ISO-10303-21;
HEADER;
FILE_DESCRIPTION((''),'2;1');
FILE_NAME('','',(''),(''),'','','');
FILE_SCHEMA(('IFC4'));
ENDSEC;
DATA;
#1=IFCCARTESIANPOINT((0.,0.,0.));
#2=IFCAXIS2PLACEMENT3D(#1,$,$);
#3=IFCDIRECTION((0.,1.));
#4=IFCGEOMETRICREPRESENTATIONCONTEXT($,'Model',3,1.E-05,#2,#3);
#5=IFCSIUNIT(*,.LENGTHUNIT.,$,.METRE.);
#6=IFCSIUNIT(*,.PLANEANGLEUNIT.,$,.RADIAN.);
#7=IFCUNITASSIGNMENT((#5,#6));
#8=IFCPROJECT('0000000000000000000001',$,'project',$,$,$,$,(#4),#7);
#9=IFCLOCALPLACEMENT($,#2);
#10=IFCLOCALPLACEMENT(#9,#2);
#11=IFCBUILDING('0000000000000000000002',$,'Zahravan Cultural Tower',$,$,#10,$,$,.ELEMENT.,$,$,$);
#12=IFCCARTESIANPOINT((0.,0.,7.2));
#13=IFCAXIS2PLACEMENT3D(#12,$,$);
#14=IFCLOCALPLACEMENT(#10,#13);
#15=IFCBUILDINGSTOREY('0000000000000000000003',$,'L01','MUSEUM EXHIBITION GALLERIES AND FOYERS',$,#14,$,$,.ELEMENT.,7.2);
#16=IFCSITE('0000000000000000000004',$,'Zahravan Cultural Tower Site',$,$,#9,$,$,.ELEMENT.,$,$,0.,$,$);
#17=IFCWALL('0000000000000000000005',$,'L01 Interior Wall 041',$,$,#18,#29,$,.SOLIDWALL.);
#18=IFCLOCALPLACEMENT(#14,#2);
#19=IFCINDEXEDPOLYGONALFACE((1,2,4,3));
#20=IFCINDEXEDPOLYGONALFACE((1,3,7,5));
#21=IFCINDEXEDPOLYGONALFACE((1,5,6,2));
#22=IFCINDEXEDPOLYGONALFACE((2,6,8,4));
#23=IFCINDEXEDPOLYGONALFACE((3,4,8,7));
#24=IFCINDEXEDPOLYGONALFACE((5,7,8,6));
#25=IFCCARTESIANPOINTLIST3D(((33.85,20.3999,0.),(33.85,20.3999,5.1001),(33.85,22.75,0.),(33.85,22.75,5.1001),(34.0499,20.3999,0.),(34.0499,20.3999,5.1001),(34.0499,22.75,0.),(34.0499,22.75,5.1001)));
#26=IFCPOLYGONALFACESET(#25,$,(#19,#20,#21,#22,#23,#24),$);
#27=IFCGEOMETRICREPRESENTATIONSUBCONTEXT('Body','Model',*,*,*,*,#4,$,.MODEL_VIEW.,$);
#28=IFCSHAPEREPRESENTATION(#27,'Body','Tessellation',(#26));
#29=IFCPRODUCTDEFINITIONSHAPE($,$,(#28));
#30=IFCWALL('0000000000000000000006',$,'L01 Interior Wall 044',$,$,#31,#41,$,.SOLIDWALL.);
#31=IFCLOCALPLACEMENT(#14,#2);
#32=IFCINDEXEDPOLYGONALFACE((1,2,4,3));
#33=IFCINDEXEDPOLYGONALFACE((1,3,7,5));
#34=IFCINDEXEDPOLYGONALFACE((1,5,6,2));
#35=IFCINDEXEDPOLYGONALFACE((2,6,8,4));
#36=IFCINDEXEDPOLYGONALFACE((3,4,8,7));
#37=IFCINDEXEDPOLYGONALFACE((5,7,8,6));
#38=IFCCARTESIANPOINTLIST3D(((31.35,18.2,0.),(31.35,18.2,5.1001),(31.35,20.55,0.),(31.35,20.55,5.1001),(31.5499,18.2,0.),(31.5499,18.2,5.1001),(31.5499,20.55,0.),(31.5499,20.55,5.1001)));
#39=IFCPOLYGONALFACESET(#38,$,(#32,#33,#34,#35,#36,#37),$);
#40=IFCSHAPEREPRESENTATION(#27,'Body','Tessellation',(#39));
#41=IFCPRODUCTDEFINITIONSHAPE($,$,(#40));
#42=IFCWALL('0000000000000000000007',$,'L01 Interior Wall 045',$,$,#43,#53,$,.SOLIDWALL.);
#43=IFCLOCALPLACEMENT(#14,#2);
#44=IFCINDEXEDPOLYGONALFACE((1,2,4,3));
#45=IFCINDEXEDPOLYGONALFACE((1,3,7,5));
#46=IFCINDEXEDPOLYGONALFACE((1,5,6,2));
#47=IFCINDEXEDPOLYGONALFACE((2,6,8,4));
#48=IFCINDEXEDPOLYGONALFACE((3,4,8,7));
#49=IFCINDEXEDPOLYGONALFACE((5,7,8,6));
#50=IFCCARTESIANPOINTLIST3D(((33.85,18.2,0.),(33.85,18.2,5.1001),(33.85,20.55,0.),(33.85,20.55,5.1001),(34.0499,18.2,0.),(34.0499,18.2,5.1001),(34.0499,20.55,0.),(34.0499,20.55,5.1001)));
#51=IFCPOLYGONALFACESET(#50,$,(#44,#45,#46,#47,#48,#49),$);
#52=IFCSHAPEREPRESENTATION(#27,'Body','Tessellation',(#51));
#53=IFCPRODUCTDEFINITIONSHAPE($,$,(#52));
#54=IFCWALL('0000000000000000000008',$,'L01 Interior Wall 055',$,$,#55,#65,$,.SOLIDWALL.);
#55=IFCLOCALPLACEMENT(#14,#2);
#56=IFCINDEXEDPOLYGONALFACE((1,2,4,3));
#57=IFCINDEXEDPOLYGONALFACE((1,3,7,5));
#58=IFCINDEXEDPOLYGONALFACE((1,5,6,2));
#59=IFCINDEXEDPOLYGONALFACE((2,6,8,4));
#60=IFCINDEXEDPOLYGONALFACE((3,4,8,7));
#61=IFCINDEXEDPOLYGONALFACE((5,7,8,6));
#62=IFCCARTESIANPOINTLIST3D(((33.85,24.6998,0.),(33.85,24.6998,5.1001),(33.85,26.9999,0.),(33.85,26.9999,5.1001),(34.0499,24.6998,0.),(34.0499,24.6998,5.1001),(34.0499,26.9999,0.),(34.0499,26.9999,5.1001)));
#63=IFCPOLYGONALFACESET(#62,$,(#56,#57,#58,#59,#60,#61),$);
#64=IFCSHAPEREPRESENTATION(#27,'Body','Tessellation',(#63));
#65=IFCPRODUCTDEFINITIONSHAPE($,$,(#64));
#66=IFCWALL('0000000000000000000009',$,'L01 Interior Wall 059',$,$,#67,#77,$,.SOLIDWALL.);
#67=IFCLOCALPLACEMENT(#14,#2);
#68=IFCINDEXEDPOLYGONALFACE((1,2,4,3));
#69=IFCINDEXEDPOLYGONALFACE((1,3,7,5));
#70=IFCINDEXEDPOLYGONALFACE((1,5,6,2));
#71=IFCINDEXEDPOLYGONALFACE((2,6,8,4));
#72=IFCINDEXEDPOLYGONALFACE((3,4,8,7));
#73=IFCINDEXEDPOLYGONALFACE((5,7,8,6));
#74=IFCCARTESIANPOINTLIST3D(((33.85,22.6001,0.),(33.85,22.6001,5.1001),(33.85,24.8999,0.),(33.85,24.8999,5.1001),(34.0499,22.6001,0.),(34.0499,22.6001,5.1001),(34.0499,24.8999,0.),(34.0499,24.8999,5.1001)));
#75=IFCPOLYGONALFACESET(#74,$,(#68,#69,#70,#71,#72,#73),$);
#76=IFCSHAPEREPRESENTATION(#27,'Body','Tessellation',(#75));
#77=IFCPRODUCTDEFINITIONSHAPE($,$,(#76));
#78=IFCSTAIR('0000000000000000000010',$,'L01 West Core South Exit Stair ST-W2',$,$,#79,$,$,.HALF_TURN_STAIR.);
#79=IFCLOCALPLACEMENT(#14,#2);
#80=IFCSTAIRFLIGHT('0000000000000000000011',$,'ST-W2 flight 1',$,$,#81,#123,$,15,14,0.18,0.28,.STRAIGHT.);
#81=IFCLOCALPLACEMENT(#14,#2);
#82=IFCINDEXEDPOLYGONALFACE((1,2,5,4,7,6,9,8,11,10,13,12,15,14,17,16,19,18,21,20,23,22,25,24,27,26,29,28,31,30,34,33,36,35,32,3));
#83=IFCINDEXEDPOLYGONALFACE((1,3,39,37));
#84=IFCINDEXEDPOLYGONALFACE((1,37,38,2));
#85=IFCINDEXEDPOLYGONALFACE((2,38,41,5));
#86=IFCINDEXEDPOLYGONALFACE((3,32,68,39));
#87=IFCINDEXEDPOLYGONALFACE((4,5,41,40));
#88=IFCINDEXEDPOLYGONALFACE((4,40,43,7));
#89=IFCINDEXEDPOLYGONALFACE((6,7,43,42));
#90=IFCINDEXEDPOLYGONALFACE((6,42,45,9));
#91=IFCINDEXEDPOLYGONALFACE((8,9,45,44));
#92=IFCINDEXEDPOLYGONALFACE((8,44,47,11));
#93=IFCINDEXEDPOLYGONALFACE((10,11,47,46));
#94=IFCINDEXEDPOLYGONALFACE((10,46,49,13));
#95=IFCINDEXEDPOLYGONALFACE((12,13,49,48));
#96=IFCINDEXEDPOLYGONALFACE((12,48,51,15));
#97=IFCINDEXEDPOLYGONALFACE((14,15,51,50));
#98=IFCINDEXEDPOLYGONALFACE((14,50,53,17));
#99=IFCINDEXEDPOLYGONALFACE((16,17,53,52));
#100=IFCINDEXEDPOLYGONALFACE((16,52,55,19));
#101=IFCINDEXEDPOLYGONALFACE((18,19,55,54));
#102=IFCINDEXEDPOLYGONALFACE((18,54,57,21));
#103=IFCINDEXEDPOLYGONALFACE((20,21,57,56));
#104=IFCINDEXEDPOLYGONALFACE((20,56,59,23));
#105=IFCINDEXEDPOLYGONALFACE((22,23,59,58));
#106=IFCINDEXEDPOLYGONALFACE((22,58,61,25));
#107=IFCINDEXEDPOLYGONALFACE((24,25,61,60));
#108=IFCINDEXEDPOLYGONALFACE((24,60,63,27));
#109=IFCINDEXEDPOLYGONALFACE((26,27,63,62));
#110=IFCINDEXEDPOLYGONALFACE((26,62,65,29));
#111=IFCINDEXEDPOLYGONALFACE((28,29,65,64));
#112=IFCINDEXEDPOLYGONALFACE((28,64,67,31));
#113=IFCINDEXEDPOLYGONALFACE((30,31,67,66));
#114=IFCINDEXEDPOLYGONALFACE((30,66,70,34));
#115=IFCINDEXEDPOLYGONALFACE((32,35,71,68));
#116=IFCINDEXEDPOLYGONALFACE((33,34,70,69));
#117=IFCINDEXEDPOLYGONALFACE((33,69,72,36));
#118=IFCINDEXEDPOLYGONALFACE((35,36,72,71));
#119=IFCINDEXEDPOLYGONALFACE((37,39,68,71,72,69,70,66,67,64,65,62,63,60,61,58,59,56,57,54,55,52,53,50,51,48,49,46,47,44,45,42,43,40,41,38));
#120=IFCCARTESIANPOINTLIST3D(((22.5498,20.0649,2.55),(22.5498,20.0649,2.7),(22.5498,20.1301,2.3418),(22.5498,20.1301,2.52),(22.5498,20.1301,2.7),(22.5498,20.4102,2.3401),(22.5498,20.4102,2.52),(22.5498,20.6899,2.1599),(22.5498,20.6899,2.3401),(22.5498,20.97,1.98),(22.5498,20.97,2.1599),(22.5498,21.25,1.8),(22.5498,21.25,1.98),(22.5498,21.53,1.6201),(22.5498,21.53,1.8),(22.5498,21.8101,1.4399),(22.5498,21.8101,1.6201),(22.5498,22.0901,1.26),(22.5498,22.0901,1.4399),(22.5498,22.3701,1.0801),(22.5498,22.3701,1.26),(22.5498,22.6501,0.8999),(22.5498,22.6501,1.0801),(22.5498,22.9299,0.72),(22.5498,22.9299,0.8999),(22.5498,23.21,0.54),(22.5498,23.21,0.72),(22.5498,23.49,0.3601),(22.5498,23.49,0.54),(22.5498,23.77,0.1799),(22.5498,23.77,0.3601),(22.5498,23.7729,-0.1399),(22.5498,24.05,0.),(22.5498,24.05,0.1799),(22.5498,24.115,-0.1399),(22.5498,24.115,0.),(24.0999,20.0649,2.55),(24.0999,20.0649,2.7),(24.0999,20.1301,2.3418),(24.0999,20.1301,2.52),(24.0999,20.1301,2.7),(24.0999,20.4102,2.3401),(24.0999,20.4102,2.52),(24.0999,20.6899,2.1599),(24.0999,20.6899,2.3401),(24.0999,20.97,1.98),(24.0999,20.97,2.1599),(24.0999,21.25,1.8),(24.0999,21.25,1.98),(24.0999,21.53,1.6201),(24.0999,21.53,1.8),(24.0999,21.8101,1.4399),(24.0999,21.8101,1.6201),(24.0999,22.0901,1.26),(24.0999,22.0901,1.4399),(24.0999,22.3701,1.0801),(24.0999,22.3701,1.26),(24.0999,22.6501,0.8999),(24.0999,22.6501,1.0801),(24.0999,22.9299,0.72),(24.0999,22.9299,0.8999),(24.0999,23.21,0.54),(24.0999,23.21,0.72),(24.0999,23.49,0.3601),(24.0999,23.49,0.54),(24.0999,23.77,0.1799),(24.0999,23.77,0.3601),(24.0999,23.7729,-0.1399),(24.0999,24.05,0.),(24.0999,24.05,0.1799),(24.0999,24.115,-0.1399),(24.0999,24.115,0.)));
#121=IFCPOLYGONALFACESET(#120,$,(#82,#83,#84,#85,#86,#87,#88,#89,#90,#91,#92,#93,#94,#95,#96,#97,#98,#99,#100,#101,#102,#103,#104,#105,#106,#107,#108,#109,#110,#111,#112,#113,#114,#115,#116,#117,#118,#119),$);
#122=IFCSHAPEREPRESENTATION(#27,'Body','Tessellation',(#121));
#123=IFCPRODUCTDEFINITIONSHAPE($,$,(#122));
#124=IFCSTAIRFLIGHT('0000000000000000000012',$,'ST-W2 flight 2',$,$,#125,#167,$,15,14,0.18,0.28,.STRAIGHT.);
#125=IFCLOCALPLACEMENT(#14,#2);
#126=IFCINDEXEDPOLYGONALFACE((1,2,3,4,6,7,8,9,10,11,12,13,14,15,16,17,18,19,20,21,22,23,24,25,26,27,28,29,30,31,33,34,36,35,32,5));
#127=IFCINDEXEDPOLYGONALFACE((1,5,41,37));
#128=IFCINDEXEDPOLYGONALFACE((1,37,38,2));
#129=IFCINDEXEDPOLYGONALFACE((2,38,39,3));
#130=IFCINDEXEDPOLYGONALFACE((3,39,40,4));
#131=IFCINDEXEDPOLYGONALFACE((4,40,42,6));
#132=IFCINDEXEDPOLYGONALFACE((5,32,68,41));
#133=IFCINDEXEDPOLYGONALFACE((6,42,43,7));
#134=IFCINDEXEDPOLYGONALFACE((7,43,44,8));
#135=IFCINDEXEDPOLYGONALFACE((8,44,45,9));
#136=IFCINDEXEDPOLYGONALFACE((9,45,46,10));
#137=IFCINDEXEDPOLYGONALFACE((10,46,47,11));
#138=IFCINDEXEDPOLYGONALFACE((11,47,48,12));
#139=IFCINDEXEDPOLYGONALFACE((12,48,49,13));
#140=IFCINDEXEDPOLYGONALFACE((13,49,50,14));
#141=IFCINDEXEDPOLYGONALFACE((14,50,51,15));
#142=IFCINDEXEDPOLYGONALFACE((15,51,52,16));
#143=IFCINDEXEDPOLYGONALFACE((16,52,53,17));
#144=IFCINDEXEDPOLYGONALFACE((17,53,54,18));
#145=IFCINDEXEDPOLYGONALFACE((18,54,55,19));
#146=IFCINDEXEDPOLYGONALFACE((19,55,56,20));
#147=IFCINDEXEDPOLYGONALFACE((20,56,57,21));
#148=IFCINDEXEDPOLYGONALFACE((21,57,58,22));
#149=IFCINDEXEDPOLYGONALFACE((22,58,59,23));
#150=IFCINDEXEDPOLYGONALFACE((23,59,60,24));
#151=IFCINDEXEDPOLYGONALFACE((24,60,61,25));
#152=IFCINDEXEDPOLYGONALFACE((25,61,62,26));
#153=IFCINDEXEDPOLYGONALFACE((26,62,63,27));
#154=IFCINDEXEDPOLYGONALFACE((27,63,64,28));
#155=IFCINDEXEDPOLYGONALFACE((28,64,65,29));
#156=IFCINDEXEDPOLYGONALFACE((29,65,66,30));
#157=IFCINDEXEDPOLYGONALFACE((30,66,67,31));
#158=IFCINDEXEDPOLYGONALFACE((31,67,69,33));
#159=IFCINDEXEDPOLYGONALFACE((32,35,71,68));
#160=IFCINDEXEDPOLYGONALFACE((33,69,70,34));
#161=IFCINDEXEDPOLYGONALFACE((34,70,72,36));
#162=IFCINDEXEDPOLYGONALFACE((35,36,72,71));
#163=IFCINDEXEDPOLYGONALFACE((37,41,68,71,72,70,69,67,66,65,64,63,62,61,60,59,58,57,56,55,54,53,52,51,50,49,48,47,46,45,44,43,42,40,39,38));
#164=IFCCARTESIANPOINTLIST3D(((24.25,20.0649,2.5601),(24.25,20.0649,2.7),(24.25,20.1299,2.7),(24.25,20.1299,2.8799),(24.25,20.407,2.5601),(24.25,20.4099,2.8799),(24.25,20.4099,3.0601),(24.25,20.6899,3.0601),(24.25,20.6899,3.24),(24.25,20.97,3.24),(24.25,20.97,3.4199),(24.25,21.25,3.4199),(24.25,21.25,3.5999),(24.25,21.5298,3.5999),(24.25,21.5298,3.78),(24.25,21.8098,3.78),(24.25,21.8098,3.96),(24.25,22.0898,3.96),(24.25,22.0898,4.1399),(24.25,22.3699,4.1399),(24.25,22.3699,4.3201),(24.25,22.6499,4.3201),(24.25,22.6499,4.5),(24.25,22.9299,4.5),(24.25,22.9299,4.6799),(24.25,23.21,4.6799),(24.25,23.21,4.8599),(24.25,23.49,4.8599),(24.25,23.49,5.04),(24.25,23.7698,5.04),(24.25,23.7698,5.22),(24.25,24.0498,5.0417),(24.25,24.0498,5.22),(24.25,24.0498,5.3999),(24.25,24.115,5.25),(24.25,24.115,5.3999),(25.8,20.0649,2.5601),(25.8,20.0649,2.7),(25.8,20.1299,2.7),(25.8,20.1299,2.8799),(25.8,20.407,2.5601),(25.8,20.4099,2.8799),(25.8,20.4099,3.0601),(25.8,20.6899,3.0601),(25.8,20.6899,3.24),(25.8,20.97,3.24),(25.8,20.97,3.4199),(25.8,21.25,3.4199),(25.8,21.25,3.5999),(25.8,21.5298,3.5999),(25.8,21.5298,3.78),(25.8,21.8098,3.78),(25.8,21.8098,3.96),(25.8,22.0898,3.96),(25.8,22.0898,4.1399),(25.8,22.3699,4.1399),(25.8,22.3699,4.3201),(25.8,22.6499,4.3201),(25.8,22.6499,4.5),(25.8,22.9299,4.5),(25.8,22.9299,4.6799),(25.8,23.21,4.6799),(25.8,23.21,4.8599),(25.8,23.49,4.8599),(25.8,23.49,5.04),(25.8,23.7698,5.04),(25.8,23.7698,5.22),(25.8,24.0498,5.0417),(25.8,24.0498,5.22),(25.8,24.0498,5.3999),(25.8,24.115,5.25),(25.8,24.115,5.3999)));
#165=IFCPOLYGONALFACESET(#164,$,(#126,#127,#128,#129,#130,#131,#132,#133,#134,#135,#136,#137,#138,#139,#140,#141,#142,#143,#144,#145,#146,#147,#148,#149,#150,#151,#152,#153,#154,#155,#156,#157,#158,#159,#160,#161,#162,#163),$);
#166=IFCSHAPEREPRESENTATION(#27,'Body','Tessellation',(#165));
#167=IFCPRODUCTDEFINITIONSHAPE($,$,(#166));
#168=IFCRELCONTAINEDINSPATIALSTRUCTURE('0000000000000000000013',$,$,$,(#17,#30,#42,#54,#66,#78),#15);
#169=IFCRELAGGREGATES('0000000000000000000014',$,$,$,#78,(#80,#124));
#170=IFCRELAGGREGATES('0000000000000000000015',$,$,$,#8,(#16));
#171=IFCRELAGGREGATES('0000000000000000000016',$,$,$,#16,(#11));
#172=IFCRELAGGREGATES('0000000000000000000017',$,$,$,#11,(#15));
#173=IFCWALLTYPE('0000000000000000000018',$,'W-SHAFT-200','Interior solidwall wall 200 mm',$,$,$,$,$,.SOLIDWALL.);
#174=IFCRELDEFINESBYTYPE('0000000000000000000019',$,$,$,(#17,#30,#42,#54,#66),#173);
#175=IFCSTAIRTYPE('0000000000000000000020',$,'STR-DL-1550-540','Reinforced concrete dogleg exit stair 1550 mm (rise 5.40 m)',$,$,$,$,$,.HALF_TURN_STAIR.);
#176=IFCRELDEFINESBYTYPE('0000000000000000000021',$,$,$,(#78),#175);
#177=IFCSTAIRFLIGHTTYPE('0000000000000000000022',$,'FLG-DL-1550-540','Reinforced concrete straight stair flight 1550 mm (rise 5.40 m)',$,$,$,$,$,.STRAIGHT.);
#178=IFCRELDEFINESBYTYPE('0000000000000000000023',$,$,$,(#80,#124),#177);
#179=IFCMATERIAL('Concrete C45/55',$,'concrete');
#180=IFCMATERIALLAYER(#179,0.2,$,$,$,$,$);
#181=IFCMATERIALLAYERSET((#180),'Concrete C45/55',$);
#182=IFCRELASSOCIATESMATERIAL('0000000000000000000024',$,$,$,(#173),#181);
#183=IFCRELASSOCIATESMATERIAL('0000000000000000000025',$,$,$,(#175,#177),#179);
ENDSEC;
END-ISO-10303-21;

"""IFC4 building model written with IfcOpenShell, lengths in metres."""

from ifc_helpers import new_model, si_unit, direction, frame, frame_2d, origin, place, context, subcontext, project, spatial, polyline, rectangle, outline, extrude, source, transform, mapped, material, layer, layer_set, type_object, element, aggregate, save


model = new_model("IFC4")

# Units and contexts
model_context = context("Model", 3, precision=1e-05, world=origin(), true_north=direction((0.0, 1.0)))
body_context = subcontext(model_context, "Body", "Model", "MODEL_VIEW")
ifc_project = project(units=[si_unit("LENGTHUNIT", "METRE"), si_unit("PLANEANGLEUNIT", "RADIAN")], contexts=[model_context])

# Site, building, storey
site_placement = place(None, origin())
site = spatial("IfcSite", under=ifc_project, at=site_placement, Name="Zahravan Cultural Tower Site", CompositionType="ELEMENT", RefElevation=0.0)
building_placement = place(site_placement, origin())
building = spatial("IfcBuilding", under=site, at=building_placement, Name="Zahravan Cultural Tower", CompositionType="ELEMENT")
storey_placement = place(building_placement, frame((0.0, 0.0, 7.2)))
storey = spatial("IfcBuildingStorey", under=building, at=storey_placement, Name="L01", Description="MUSEUM EXHIBITION GALLERIES AND FOYERS", CompositionType="ELEMENT", Elevation=7.2)

# Shared definitions
ifc_material_1 = material(Name="Concrete C45/55", Category="concrete")
ifc_layer = layer(ifc_material_1, 0.2)
ifc_layer_set = layer_set([ifc_layer], Name="Concrete C45/55")
wall_type = type_object("IfcWallType", Name="W-SHAFT-200", Description="Interior solidwall wall 200 mm", PredefinedType="SOLIDWALL", material=ifc_layer_set)

# Walls
shared_shape_1 = source(origin(), body_context, "Body", "SweptSolid", [
    extrude(rectangle(XDim=2.3501, YDim=0.2, at=frame_2d((1.175, 0.0))), origin(), (0.0, 0.0, 1.0), 5.1001),
])
for number, where, z_axis, x_axis, name in (
    (1, (33.95, 20.3999, 0.0), (0.0, 0.0, 1.0), (0.0, 1.0, 0.0), "L01 Interior Wall 041"),
    (2, (31.45, 18.2, 0.0), (0.0, 0.0, 1.0), (0.0, 1.0, 0.0), "L01 Interior Wall 044"),
    (3, (33.95, 18.2, 0.0), (0.0, 0.0, 1.0), (0.0, 1.0, 0.0), "L01 Interior Wall 045"),
):
    element("IfcWall", number, at=place(storey_placement, frame(where, z_axis=z_axis, x_axis=x_axis)), inside=storey, type_object=wall_type, Name=name, PredefinedType="SOLIDWALL", context=body_context, shape_type="MappedRepresentation", body=[
        mapped(shared_shape_1, transform((0.0, 0.0, 0.0), x_axis=(1.0, 0.0, 0.0), y_axis=(0.0, 1.0, 0.0), z_axis=(0.0, 0.0, 1.0), scale=1.0)),
    ])
shared_shape_2 = source(origin(), body_context, "Body", "SweptSolid", [
    extrude(rectangle(XDim=2.3, YDim=0.2, at=frame_2d((1.1499, 0.0))), origin(), (0.0, 0.0, 1.0), 5.1001),
])
wall_1_placement = place(storey_placement, frame((33.95, 24.7, 0.0), z_axis=(0.0, 0.0, 1.0), x_axis=(0.0, 1.0, 0.0)))
element("IfcWall", 4, at=wall_1_placement, inside=storey, type_object=wall_type, Name="L01 Interior Wall 055", PredefinedType="SOLIDWALL", context=body_context, shape_type="MappedRepresentation", body=[
    mapped(shared_shape_2, transform((0.0, 0.0, 0.0), x_axis=(1.0, 0.0, 0.0), y_axis=(0.0, 1.0, 0.0), z_axis=(0.0, 0.0, 1.0), scale=1.0)),
])
shared_shape_3 = source(origin(), body_context, "Body", "SweptSolid", [
    extrude(rectangle(XDim=2.2998, YDim=0.2, at=frame_2d((1.1499, 0.0))), origin(), (0.0, 0.0, 1.0), 5.1001),
])
wall_2_placement = place(storey_placement, frame((33.95, 22.6001, 0.0), z_axis=(0.0, 0.0, 1.0), x_axis=(0.0, 1.0, 0.0)))
element("IfcWall", 5, at=wall_2_placement, inside=storey, type_object=wall_type, Name="L01 Interior Wall 059", PredefinedType="SOLIDWALL", context=body_context, shape_type="MappedRepresentation", body=[
    mapped(shared_shape_3, transform((0.0, 0.0, 0.0), x_axis=(1.0, 0.0, 0.0), y_axis=(0.0, 1.0, 0.0), z_axis=(0.0, 0.0, 1.0), scale=1.0)),
])

# Stair, stair flights
stair_type = type_object("IfcStairType", Name="STR-DL-1550-540", Description="Reinforced concrete dogleg exit stair 1550 mm (rise 5.40 m)", PredefinedType="HALF_TURN_STAIR", material=ifc_material_1)
stair_placement = place(storey_placement, origin())
stair = element("IfcStair", 6, at=stair_placement, inside=storey, type_object=stair_type, Name="L01 West Core South Exit Stair ST-W2", PredefinedType="HALF_TURN_STAIR")
stair_flight_type = type_object("IfcStairFlightType", Name="FLG-DL-1550-540", Description="Reinforced concrete straight stair flight 1550 mm (rise 5.40 m)", PredefinedType="STRAIGHT", material=ifc_material_1)
stair_flight_1_placement = place(storey_placement, frame((23.325, 24.05, 0.0), z_axis=(0.0, 0.0, 1.0), x_axis=(0.0, -1.0, 0.0)))
stair_flight_1 = element("IfcStairFlight", 7, at=stair_flight_1_placement, type_object=stair_flight_type, Name="ST-W2 flight 1", NumberOfRisers=15, NumberOfTreads=14, PredefinedType="STRAIGHT", RiserHeight=0.18, TreadLength=0.28, context=body_context, shape_type="SweptSolid", body=[
    extrude(outline(polyline([(-0.0649, -0.1399), (-0.0649, 0.0), (0.0, 0.0), (0.0, 0.1799), (0.28, 0.1799), (0.28, 0.3601), (0.5601, 0.3601), (0.5601, 0.54), (0.8401, 0.54), (0.8401, 0.72), (1.1201, 0.72), (1.1201, 0.8999), (1.3999, 0.8999), (1.3999, 1.0801), (1.6799, 1.0801), (1.6799, 1.26), (1.96, 1.26), (1.96, 1.4399), (2.24, 1.4399), (2.24, 1.6201), (2.52, 1.6201), (2.52, 1.8), (2.8, 1.8), (2.8, 1.98), (3.0801, 1.98), (3.0801, 2.1599), (3.3601, 2.1599), (3.3601, 2.3401), (3.6399, 2.3401), (3.6399, 2.52), (3.9199, 2.52), (3.9199, 2.7), (3.9851, 2.7), (3.9851, 2.55), (3.9199, 2.3418), (0.2771, -0.1399), (-0.0649, -0.1399)])), frame((0.0, 0.7749, 0.0), z_axis=(0.0, -1.0, 0.0), x_axis=(1.0, 0.0, 0.0)), (0.0, 0.0, 1.0), 1.55),
])
stair_flight_2_placement = place(storey_placement, frame((25.0249, 20.1299, 2.7), z_axis=(0.0, 0.0, 1.0), x_axis=(0.0, 1.0, 0.0)))
stair_flight_2 = element("IfcStairFlight", 8, at=stair_flight_2_placement, type_object=stair_flight_type, Name="ST-W2 flight 2", NumberOfRisers=15, NumberOfTreads=14, PredefinedType="STRAIGHT", RiserHeight=0.18, TreadLength=0.28, context=body_context, shape_type="SweptSolid", body=[
    extrude(outline(polyline([(-0.0649, -0.1399), (-0.0649, 0.0), (0.0, 0.0), (0.0, 0.1799), (0.28, 0.1799), (0.28, 0.3601), (0.5601, 0.3601), (0.5601, 0.54), (0.8401, 0.54), (0.8401, 0.72), (1.1201, 0.72), (1.1201, 0.8999), (1.3999, 0.8999), (1.3999, 1.0801), (1.6799, 1.0801), (1.6799, 1.26), (1.96, 1.26), (1.96, 1.4399), (2.24, 1.4399), (2.24, 1.6201), (2.52, 1.6201), (2.52, 1.8), (2.8, 1.8), (2.8, 1.98), (3.0801, 1.98), (3.0801, 2.1599), (3.3601, 2.1599), (3.3601, 2.3401), (3.6399, 2.3401), (3.6399, 2.52), (3.9199, 2.52), (3.9199, 2.7), (3.9851, 2.7), (3.9851, 2.55), (3.9199, 2.3418), (0.2771, -0.1399), (-0.0649, -0.1399)])), frame((0.0, 0.7749, 0.0), z_axis=(0.0, -1.0, 0.0), x_axis=(1.0, 0.0, 0.0)), (0.0, 0.0, 1.0), 1.55),
])
aggregate(stair, [stair_flight_1, stair_flight_2])

save(model, "model.ifc")
